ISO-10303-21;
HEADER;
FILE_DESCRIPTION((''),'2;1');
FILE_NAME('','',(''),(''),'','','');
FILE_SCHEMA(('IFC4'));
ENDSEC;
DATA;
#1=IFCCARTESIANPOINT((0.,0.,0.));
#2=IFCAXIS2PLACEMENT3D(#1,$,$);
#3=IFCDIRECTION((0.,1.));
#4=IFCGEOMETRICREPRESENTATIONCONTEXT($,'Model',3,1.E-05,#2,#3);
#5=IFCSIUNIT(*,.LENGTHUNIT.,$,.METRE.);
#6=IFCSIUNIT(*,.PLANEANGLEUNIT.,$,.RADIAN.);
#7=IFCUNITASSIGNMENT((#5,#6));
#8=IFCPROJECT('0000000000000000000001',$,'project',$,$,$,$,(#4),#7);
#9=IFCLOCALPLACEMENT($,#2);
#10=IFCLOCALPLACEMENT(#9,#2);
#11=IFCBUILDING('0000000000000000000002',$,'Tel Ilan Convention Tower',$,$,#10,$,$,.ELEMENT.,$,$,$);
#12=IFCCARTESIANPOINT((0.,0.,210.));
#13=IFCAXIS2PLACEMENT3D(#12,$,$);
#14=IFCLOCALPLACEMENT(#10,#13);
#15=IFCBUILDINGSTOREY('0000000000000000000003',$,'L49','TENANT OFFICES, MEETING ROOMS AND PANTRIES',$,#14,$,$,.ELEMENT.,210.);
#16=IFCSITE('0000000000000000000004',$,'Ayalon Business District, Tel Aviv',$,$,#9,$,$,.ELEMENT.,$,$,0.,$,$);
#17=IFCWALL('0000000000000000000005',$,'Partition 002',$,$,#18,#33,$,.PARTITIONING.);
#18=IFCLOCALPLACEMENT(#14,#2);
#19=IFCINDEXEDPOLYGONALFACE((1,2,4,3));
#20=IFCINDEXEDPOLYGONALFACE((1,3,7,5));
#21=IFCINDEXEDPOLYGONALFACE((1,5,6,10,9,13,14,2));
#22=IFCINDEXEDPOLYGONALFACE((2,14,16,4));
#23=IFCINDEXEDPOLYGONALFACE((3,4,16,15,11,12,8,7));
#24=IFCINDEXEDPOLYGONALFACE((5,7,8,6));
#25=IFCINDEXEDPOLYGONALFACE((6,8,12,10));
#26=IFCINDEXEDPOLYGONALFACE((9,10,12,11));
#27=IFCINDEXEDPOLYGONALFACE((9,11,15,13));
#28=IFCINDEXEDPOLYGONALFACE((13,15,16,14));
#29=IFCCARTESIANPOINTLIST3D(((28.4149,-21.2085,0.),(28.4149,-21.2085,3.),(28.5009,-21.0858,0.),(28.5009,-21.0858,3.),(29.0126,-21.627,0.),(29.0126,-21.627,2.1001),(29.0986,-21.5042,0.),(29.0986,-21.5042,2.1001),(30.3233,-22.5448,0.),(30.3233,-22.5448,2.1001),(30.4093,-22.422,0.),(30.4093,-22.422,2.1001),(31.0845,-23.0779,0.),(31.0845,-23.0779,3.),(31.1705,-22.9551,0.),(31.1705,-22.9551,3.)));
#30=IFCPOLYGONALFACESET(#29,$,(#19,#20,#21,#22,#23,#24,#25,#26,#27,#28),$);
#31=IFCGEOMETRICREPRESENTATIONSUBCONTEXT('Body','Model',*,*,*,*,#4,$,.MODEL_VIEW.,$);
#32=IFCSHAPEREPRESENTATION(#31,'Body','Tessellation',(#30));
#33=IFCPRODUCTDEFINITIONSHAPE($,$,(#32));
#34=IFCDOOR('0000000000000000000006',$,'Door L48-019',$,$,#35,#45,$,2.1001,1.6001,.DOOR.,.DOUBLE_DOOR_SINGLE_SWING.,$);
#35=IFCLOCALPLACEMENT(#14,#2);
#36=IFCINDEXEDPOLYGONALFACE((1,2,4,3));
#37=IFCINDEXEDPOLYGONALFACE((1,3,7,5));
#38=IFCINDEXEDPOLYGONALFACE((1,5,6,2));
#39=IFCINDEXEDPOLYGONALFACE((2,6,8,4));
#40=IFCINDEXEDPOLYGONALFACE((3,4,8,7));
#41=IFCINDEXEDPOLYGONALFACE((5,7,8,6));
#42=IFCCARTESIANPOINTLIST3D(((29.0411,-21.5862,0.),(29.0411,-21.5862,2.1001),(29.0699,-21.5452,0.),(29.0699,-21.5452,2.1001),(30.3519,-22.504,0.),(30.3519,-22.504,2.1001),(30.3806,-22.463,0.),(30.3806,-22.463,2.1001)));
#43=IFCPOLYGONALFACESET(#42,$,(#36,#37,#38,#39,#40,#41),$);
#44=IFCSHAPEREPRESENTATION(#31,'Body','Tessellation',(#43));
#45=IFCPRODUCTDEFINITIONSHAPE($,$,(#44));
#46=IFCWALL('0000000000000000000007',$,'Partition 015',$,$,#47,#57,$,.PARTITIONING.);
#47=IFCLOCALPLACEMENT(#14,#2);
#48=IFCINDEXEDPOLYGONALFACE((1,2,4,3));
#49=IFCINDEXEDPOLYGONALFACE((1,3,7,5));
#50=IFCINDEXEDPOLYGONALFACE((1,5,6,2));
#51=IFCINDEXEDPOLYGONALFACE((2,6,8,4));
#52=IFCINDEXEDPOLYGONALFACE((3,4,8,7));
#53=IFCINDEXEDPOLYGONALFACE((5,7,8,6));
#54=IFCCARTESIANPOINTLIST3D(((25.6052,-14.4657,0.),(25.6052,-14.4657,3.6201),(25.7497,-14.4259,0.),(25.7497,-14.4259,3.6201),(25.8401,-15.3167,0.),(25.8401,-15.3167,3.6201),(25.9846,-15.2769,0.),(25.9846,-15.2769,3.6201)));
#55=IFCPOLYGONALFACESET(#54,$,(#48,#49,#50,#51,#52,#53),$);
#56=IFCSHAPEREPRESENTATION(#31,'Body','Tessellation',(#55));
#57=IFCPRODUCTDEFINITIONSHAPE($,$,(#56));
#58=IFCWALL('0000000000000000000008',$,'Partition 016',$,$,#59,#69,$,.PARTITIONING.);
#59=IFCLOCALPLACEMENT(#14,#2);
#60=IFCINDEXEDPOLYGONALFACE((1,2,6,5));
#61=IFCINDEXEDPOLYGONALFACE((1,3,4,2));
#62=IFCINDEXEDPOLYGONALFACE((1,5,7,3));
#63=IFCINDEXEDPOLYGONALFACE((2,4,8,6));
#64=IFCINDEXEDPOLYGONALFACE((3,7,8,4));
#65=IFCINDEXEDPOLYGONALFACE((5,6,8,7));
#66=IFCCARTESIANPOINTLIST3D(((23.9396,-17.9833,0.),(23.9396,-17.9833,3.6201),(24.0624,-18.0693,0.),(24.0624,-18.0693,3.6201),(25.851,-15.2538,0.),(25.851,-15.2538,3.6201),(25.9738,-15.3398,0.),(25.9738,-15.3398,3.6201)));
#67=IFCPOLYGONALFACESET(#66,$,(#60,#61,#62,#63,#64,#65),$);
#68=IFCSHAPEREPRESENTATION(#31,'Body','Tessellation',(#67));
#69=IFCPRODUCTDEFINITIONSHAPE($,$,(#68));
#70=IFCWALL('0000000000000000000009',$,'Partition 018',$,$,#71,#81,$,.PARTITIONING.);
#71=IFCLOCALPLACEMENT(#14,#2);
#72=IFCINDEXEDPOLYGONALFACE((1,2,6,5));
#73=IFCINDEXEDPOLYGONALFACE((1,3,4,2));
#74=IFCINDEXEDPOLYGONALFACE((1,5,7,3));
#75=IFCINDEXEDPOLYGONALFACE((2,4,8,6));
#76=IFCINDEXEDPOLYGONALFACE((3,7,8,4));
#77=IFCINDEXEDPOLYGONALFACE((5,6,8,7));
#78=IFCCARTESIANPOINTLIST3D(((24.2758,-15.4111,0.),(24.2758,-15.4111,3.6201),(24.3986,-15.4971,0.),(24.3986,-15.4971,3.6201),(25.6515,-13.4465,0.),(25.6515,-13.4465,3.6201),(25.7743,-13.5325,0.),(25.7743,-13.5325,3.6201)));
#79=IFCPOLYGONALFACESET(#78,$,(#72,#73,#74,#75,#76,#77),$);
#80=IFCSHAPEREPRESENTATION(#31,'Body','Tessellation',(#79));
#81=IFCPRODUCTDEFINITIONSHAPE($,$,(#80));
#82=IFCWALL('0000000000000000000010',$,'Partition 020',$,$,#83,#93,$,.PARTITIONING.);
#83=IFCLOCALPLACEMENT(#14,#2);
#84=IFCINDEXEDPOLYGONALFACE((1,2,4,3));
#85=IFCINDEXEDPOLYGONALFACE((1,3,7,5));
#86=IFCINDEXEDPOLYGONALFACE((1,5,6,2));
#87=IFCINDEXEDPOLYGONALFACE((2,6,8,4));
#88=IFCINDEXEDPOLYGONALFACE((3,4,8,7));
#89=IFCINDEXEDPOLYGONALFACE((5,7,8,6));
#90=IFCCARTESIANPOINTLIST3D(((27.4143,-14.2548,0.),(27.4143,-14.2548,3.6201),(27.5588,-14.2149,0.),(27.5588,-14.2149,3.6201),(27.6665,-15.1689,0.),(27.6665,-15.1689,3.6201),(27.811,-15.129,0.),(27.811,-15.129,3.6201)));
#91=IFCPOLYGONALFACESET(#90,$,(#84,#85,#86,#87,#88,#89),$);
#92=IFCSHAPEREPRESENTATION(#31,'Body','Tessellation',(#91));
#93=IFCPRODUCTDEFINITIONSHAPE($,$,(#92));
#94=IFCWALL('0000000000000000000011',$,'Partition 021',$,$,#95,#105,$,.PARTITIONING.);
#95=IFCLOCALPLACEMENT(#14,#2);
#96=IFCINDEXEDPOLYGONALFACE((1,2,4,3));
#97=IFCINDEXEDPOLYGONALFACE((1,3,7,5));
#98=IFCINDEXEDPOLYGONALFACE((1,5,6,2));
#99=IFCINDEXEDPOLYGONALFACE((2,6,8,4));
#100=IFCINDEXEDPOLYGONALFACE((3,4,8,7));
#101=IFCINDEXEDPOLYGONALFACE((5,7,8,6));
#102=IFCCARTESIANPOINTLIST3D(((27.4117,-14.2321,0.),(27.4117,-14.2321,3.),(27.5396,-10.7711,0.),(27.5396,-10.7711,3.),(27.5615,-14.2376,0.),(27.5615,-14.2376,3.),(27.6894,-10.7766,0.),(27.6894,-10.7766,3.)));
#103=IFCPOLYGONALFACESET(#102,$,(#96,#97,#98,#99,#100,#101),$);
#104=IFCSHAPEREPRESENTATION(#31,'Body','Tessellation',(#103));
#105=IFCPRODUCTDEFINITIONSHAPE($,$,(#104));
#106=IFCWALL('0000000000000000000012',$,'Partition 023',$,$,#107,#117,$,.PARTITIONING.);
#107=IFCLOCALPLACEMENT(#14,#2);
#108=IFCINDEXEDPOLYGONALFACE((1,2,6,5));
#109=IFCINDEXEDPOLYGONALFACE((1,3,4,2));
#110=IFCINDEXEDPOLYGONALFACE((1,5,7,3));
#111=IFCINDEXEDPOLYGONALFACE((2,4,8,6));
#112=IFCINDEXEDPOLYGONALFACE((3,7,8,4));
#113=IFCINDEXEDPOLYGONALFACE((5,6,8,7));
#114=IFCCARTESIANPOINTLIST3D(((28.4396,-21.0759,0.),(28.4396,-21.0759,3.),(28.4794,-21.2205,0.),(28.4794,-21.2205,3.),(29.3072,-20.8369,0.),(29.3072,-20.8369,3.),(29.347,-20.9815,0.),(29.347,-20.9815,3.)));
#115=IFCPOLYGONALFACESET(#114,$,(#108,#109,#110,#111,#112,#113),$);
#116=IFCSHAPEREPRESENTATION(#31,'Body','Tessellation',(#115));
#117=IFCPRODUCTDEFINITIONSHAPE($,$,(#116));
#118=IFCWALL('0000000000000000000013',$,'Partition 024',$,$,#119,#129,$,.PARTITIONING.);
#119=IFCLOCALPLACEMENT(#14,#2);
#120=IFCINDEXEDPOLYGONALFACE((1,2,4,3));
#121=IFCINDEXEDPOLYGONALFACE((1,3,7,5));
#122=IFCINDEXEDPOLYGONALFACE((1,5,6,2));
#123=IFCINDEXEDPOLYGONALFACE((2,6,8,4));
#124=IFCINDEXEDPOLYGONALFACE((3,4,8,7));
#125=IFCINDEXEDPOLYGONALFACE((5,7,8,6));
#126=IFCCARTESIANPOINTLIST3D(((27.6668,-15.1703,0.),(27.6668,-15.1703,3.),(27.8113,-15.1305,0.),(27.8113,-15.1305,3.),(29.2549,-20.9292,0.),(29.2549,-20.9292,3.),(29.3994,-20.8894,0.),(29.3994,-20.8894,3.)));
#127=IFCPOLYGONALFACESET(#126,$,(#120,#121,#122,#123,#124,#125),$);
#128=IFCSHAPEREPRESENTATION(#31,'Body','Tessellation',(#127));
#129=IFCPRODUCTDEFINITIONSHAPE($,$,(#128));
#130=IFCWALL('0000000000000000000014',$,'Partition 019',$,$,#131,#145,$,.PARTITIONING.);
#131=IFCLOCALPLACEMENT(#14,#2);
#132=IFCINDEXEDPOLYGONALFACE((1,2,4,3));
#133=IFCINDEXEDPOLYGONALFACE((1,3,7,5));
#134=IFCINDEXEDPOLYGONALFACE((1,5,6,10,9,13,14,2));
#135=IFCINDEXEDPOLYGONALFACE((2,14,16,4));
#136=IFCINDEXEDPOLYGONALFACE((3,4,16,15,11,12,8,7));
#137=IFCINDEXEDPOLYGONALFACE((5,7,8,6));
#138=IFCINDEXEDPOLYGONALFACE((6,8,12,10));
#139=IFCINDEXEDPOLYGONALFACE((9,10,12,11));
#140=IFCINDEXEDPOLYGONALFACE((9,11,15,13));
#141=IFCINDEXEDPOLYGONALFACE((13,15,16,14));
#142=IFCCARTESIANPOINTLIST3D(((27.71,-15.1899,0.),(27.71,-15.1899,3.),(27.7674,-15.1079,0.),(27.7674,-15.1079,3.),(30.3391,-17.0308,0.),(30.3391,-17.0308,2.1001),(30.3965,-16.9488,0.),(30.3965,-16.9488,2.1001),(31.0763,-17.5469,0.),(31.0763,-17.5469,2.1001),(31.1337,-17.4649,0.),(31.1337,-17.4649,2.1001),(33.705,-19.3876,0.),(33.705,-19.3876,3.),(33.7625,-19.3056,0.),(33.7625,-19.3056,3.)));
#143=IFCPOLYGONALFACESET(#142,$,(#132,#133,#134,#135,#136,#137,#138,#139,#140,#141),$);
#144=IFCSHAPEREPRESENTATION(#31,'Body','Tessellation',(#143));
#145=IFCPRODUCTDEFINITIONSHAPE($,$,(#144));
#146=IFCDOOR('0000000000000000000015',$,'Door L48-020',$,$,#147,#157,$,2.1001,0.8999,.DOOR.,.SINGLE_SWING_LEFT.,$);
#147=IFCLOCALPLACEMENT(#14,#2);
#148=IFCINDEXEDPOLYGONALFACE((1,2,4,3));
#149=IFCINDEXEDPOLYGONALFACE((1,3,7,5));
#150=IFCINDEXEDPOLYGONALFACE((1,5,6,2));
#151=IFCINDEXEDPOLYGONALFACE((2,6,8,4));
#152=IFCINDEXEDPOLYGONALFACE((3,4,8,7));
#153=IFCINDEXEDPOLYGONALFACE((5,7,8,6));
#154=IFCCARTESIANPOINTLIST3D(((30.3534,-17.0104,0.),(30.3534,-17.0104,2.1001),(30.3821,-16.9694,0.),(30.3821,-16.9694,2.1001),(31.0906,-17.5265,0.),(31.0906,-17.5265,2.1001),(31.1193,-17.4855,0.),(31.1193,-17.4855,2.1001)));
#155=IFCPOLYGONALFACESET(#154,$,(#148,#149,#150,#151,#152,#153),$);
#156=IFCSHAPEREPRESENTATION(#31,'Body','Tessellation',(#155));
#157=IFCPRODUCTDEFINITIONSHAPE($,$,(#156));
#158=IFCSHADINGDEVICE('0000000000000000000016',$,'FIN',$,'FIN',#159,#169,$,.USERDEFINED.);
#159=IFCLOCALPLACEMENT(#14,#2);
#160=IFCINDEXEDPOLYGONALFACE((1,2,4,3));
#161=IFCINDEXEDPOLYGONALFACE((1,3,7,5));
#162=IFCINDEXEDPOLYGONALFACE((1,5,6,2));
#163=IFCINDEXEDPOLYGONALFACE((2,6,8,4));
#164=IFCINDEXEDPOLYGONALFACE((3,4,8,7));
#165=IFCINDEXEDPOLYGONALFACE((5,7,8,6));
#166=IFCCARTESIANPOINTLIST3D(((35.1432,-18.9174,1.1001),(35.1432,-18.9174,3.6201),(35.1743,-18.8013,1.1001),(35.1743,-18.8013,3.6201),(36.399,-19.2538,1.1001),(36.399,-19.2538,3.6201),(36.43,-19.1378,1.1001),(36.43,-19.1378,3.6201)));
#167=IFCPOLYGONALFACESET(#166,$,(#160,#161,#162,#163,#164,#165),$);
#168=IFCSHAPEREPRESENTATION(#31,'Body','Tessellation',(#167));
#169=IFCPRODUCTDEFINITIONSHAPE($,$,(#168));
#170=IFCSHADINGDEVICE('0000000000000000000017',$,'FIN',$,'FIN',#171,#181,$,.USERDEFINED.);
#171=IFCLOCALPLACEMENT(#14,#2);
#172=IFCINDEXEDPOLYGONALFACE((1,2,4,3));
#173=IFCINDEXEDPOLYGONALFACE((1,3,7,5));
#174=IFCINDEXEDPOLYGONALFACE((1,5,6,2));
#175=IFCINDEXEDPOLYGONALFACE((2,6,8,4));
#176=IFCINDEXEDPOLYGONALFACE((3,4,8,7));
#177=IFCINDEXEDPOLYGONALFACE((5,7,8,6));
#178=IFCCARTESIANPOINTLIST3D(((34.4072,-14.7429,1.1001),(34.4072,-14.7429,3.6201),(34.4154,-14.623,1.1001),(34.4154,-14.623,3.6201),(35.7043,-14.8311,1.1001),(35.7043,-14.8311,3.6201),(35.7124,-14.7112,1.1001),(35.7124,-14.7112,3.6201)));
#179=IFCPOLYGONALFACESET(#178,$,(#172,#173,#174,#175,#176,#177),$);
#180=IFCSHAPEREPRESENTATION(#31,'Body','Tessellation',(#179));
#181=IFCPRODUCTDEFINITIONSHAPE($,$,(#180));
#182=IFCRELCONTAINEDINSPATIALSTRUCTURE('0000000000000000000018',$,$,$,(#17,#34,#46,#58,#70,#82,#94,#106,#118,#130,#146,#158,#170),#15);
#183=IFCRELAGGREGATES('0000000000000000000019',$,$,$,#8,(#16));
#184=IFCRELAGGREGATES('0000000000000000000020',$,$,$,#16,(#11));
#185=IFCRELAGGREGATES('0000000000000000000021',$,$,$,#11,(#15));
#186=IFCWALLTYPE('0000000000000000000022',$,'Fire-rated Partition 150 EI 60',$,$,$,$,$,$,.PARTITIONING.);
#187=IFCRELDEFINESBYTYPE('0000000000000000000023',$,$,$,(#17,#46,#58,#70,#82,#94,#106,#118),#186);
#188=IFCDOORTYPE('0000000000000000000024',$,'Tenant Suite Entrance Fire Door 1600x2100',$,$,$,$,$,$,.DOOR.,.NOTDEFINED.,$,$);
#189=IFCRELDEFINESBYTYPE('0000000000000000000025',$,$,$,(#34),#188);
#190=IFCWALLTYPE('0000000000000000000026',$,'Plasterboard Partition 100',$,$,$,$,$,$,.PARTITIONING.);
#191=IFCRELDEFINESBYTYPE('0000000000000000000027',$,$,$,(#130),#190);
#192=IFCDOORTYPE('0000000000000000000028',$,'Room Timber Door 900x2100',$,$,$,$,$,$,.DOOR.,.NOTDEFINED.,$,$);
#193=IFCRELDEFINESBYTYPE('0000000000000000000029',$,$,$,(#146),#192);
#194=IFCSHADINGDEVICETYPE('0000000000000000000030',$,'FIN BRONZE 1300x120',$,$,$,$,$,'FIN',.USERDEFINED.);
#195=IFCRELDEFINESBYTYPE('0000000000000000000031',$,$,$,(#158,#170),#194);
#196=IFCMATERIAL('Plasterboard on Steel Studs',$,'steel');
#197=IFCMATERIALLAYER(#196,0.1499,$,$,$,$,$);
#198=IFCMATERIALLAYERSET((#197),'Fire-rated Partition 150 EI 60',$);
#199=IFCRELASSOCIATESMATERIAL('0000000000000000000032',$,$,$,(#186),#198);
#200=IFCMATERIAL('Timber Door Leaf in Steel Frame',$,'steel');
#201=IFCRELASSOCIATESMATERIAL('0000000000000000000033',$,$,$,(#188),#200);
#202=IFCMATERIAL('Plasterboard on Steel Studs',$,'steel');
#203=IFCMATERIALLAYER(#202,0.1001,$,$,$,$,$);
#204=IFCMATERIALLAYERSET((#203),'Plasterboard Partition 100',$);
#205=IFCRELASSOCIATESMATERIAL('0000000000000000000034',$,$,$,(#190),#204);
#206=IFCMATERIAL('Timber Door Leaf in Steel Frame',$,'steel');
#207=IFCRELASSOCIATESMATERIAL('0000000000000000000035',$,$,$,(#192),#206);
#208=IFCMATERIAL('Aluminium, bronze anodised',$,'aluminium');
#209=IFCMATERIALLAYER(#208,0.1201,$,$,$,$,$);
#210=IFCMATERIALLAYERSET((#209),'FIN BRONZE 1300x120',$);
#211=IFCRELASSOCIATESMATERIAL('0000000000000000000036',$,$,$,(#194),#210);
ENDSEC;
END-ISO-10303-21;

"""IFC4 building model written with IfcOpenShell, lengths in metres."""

from ifc_helpers import new_model, si_unit, direction, frame, frame_2d, origin, origin_2d, place, context, subcontext, project, spatial, rectangle, extrude, material, layer, layer_set, type_object, element, fill, save


model = new_model("IFC4")

# Units and contexts
model_context = context("Model", 3, precision=1e-05, world=origin(), true_north=direction((0.0, 1.0)))
body_context = subcontext(model_context, "Body", "Model", "MODEL_VIEW")
ifc_project = project(units=[si_unit("LENGTHUNIT", "METRE"), si_unit("PLANEANGLEUNIT", "RADIAN")], contexts=[model_context])

# Site, building, storey
site_placement = place(None, origin())
site = spatial("IfcSite", under=ifc_project, at=site_placement, Name="Ayalon Business District, Tel Aviv", CompositionType="ELEMENT", RefElevation=0.0)
building_placement = place(site_placement, origin())
building = spatial("IfcBuilding", under=site, at=building_placement, Name="Tel Ilan Convention Tower", CompositionType="ELEMENT")
storey_placement = place(building_placement, frame((0.0, 0.0, 210.0)))
storey = spatial("IfcBuildingStorey", under=building, at=storey_placement, Name="L49", Description="TENANT OFFICES, MEETING ROOMS AND PANTRIES", CompositionType="ELEMENT", Elevation=210.0)

# Wall, opening, door
ifc_material_1 = material(Name="Plasterboard on Steel Studs", Category="steel")
ifc_layer_1 = layer(ifc_material_1, 0.1499)
ifc_layer_set_1 = layer_set([ifc_layer_1], Name="Fire-rated Partition 150 EI 60")
wall_type_1 = type_object("IfcWallType", Name="Fire-rated Partition 150 EI 60", PredefinedType="PARTITIONING", material=ifc_layer_set_1)
wall_1_placement = place(storey_placement, frame((28.458, -21.1472, 0.0), z_axis=(0.0, 0.0, 1.0), x_axis=(0.819144, -0.573588, 0.0)))
wall_1 = element("IfcWall", 1, at=wall_1_placement, inside=storey, type_object=wall_type_1, Name="Partition 002", PredefinedType="PARTITIONING", context=body_context, shape_type="SweptSolid", body=[
    extrude(rectangle(XDim=3.259, YDim=0.1499, at=frame_2d((1.6294, 0.0))), origin(), (0.0, 0.0, 1.0), 3.0),
])
opening_1_placement = place(wall_1_placement, frame((0.7295, 0.0, 0.0)))
opening_1 = element("IfcOpeningElement", 2, at=opening_1_placement, cuts=wall_1, PredefinedType="OPENING", context=body_context, shape_type="SweptSolid", body=[
    extrude(rectangle(XDim=1.6001, YDim=2.1001, at=frame_2d((0.8, 1.05))), frame((0.0, 0.085, 0.0), z_axis=(0.0, -1.0, 0.0), x_axis=(1.0, 0.0, 0.0)), (0.0, 0.0, 1.0), 0.1699),
])
ifc_material_2 = material(Name="Timber Door Leaf in Steel Frame", Category="steel")
door_type_1 = type_object("IfcDoorType", Name="Tenant Suite Entrance Fire Door 1600x2100", OperationType="NOTDEFINED", PredefinedType="DOOR", material=ifc_material_2)
door_1_placement = place(opening_1_placement, origin())
door_1 = element("IfcDoor", 3, at=door_1_placement, inside=storey, type_object=door_type_1, Name="Door L48-019", OperationType="DOUBLE_DOOR_SINGLE_SWING", OverallHeight=2.1001, OverallWidth=1.6001, PredefinedType="DOOR", context=body_context, shape_type="SweptSolid", body=[
    extrude(rectangle(XDim=1.6001, YDim=2.1001, at=frame_2d((0.8, 1.05))), frame((0.0, 0.0249, 0.0), z_axis=(0.0, -1.0, 0.0), x_axis=(1.0, 0.0, 0.0)), (0.0, 0.0, 1.0), 0.05),
])
fill(opening_1, door_1)

# Walls
wall_2_placement = place(storey_placement, frame((25.6775, -14.4458, 0.0), z_axis=(0.0, 0.0, 1.0), x_axis=(0.266018, -0.963968, 0.0)))
element("IfcWall", 4, at=wall_2_placement, inside=storey, type_object=wall_type_1, Name="Partition 015", PredefinedType="PARTITIONING", context=body_context, shape_type="SweptSolid", body=[
    extrude(rectangle(XDim=0.8828, YDim=0.1499, at=frame_2d((0.4414, 0.0))), origin(), (0.0, 0.0, 1.0), 3.6201),
])
wall_3_placement = place(storey_placement, frame((25.9124, -15.2969, 0.0), z_axis=(0.0, 0.0, 1.0), x_axis=(-0.57361, -0.819129, 0.0)))
element("IfcWall", 5, at=wall_3_placement, inside=storey, type_object=wall_type_1, Name="Partition 016", PredefinedType="PARTITIONING", context=body_context, shape_type="SweptSolid", body=[
    extrude(rectangle(XDim=3.3323, YDim=0.1499, at=frame_2d((1.666, 0.0))), origin(), (0.0, 0.0, 1.0), 3.6201),
])
wall_4_placement = place(storey_placement, frame((24.3372, -15.4541, 0.0), z_axis=(0.0, 0.0, 1.0), x_axis=(0.573606, 0.819131, 0.0)))
element("IfcWall", 6, at=wall_4_placement, inside=storey, type_object=wall_type_1, Name="Partition 018", PredefinedType="PARTITIONING", context=body_context, shape_type="SweptSolid", body=[
    extrude(rectangle(XDim=2.3984, YDim=0.1499, at=frame_2d((1.1992, 0.0))), origin(), (0.0, 0.0, 1.0), 3.6201),
])
wall_5_placement = place(storey_placement, frame((27.7388, -15.1489, 0.0), z_axis=(0.0, 0.0, 1.0), x_axis=(-0.26597, 0.963981, 0.0)))
element("IfcWall", 7, at=wall_5_placement, inside=storey, type_object=wall_type_1, Name="Partition 020", PredefinedType="PARTITIONING", context=body_context, shape_type="SweptSolid", body=[
    extrude(rectangle(XDim=0.9482, YDim=0.1499, at=frame_2d((0.4741, 0.0))), origin(), (0.0, 0.0, 1.0), 3.6201),
])
wall_6_placement = place(storey_placement, frame((27.4866, -14.2349, 0.0), z_axis=(0.0, 0.0, 1.0), x_axis=(0.036939, 0.999318, 0.0)))
element("IfcWall", 8, at=wall_6_placement, inside=storey, type_object=wall_type_1, Name="Partition 021", PredefinedType="PARTITIONING", context=body_context, shape_type="SweptSolid", body=[
    extrude(rectangle(XDim=3.4634, YDim=0.1499, at=frame_2d((1.7317, 0.0))), origin(), (0.0, 0.0, 1.0), 3.0),
])
wall_7_placement = place(storey_placement, frame((28.4595, -21.1482, 0.0), z_axis=(0.0, 0.0, 1.0), x_axis=(0.964091, 0.265573, 0.0)))
element("IfcWall", 9, at=wall_7_placement, inside=storey, type_object=wall_type_1, Name="Partition 023", PredefinedType="PARTITIONING", context=body_context, shape_type="SweptSolid", body=[
    extrude(rectangle(XDim=0.8999, YDim=0.1499, at=frame_2d((0.45, 0.0))), origin(), (0.0, 0.0, 1.0), 3.0),
])
wall_8_placement = place(storey_placement, frame((29.3271, -20.9092, 0.0), z_axis=(0.0, 0.0, 1.0), x_axis=(-0.265852, 0.964014, 0.0)))
element("IfcWall", 10, at=wall_8_placement, inside=storey, type_object=wall_type_1, Name="Partition 024", PredefinedType="PARTITIONING", context=body_context, shape_type="SweptSolid", body=[
    extrude(rectangle(XDim=5.9739, YDim=0.1499, at=frame_2d((2.9868, 0.0))), origin(), (0.0, 0.0, 1.0), 3.0),
])

# Wall, opening, door
ifc_material_3 = material(Name="Plasterboard on Steel Studs", Category="steel")
ifc_layer_2 = layer(ifc_material_3, 0.1001)
ifc_layer_set_2 = layer_set([ifc_layer_2], Name="Plasterboard Partition 100")
wall_type_2 = type_object("IfcWallType", Name="Plasterboard Partition 100", PredefinedType="PARTITIONING", material=ifc_layer_set_2)
wall_9_placement = place(storey_placement, frame((27.7388, -15.1489, 0.0), z_axis=(0.0, 0.0, 1.0), x_axis=(0.819157, -0.57357, 0.0)))
wall_9 = element("IfcWall", 11, at=wall_9_placement, inside=storey, type_object=wall_type_2, Name="Partition 019", PredefinedType="PARTITIONING", context=body_context, shape_type="SweptSolid", body=[
    extrude(rectangle(XDim=7.3186, YDim=0.1001, at=frame_2d((3.6592, 0.0))), origin(), (0.0, 0.0, 1.0), 3.0),
])
opening_2_placement = place(wall_9_placement, frame((3.2095, 0.0, 0.0)))
opening_2 = element("IfcOpeningElement", 12, at=opening_2_placement, cuts=wall_9, PredefinedType="OPENING", context=body_context, shape_type="SweptSolid", body=[
    extrude(rectangle(XDim=0.8999, YDim=2.1001, at=frame_2d((0.45, 1.05))), frame((0.0, 0.0601, 0.0), z_axis=(0.0, -1.0, 0.0), x_axis=(1.0, 0.0, 0.0)), (0.0, 0.0, 1.0), 0.1201),
])
ifc_material_4 = material(Name="Timber Door Leaf in Steel Frame", Category="steel")
door_type_2 = type_object("IfcDoorType", Name="Room Timber Door 900x2100", OperationType="NOTDEFINED", PredefinedType="DOOR", material=ifc_material_4)
door_2_placement = place(opening_2_placement, origin())
door_2 = element("IfcDoor", 13, at=door_2_placement, inside=storey, type_object=door_type_2, Name="Door L48-020", OperationType="SINGLE_SWING_LEFT", OverallHeight=2.1001, OverallWidth=0.8999, PredefinedType="DOOR", context=body_context, shape_type="SweptSolid", body=[
    extrude(rectangle(XDim=0.8999, YDim=2.1001, at=frame_2d((0.45, 1.05))), frame((0.0, 0.0249, 0.0), z_axis=(0.0, -1.0, 0.0), x_axis=(1.0, 0.0, 0.0)), (0.0, 0.0, 1.0), 0.05),
])
fill(opening_2, door_2)

# Shading devices
ifc_material_5 = material(Name="Aluminium, bronze anodised", Category="aluminium")
ifc_layer_3 = layer(ifc_material_5, 0.1201)
ifc_layer_set_3 = layer_set([ifc_layer_3], Name="FIN BRONZE 1300x120")
shading_device_type = type_object("IfcShadingDeviceType", Name="FIN BRONZE 1300x120", ElementType="FIN", PredefinedType="USERDEFINED", material=ifc_layer_set_3)
for number, where, z_axis, x_axis, name in (
    (14, (35.7866, -19.0276, 1.1001), (0.0, 0.0, 1.0), (0.965926, -0.258819, 0.0), "FIN"),
    (15, (35.0598, -14.7271, 1.1001), (0.0, 0.0, 1.0), (0.997697, -0.067822, 0.0), "FIN"),
):
    element("IfcShadingDevice", number, at=place(storey_placement, frame(where, z_axis=z_axis, x_axis=x_axis)), inside=storey, type_object=shading_device_type, Name=name, ObjectType="FIN", PredefinedType="USERDEFINED", context=body_context, shape_type="SweptSolid", body=[
        extrude(rectangle(XDim=1.3, YDim=0.1201, at=origin_2d()), origin(), (0.0, 0.0, 1.0), 2.52),
    ])

save(model, "model.ifc")
